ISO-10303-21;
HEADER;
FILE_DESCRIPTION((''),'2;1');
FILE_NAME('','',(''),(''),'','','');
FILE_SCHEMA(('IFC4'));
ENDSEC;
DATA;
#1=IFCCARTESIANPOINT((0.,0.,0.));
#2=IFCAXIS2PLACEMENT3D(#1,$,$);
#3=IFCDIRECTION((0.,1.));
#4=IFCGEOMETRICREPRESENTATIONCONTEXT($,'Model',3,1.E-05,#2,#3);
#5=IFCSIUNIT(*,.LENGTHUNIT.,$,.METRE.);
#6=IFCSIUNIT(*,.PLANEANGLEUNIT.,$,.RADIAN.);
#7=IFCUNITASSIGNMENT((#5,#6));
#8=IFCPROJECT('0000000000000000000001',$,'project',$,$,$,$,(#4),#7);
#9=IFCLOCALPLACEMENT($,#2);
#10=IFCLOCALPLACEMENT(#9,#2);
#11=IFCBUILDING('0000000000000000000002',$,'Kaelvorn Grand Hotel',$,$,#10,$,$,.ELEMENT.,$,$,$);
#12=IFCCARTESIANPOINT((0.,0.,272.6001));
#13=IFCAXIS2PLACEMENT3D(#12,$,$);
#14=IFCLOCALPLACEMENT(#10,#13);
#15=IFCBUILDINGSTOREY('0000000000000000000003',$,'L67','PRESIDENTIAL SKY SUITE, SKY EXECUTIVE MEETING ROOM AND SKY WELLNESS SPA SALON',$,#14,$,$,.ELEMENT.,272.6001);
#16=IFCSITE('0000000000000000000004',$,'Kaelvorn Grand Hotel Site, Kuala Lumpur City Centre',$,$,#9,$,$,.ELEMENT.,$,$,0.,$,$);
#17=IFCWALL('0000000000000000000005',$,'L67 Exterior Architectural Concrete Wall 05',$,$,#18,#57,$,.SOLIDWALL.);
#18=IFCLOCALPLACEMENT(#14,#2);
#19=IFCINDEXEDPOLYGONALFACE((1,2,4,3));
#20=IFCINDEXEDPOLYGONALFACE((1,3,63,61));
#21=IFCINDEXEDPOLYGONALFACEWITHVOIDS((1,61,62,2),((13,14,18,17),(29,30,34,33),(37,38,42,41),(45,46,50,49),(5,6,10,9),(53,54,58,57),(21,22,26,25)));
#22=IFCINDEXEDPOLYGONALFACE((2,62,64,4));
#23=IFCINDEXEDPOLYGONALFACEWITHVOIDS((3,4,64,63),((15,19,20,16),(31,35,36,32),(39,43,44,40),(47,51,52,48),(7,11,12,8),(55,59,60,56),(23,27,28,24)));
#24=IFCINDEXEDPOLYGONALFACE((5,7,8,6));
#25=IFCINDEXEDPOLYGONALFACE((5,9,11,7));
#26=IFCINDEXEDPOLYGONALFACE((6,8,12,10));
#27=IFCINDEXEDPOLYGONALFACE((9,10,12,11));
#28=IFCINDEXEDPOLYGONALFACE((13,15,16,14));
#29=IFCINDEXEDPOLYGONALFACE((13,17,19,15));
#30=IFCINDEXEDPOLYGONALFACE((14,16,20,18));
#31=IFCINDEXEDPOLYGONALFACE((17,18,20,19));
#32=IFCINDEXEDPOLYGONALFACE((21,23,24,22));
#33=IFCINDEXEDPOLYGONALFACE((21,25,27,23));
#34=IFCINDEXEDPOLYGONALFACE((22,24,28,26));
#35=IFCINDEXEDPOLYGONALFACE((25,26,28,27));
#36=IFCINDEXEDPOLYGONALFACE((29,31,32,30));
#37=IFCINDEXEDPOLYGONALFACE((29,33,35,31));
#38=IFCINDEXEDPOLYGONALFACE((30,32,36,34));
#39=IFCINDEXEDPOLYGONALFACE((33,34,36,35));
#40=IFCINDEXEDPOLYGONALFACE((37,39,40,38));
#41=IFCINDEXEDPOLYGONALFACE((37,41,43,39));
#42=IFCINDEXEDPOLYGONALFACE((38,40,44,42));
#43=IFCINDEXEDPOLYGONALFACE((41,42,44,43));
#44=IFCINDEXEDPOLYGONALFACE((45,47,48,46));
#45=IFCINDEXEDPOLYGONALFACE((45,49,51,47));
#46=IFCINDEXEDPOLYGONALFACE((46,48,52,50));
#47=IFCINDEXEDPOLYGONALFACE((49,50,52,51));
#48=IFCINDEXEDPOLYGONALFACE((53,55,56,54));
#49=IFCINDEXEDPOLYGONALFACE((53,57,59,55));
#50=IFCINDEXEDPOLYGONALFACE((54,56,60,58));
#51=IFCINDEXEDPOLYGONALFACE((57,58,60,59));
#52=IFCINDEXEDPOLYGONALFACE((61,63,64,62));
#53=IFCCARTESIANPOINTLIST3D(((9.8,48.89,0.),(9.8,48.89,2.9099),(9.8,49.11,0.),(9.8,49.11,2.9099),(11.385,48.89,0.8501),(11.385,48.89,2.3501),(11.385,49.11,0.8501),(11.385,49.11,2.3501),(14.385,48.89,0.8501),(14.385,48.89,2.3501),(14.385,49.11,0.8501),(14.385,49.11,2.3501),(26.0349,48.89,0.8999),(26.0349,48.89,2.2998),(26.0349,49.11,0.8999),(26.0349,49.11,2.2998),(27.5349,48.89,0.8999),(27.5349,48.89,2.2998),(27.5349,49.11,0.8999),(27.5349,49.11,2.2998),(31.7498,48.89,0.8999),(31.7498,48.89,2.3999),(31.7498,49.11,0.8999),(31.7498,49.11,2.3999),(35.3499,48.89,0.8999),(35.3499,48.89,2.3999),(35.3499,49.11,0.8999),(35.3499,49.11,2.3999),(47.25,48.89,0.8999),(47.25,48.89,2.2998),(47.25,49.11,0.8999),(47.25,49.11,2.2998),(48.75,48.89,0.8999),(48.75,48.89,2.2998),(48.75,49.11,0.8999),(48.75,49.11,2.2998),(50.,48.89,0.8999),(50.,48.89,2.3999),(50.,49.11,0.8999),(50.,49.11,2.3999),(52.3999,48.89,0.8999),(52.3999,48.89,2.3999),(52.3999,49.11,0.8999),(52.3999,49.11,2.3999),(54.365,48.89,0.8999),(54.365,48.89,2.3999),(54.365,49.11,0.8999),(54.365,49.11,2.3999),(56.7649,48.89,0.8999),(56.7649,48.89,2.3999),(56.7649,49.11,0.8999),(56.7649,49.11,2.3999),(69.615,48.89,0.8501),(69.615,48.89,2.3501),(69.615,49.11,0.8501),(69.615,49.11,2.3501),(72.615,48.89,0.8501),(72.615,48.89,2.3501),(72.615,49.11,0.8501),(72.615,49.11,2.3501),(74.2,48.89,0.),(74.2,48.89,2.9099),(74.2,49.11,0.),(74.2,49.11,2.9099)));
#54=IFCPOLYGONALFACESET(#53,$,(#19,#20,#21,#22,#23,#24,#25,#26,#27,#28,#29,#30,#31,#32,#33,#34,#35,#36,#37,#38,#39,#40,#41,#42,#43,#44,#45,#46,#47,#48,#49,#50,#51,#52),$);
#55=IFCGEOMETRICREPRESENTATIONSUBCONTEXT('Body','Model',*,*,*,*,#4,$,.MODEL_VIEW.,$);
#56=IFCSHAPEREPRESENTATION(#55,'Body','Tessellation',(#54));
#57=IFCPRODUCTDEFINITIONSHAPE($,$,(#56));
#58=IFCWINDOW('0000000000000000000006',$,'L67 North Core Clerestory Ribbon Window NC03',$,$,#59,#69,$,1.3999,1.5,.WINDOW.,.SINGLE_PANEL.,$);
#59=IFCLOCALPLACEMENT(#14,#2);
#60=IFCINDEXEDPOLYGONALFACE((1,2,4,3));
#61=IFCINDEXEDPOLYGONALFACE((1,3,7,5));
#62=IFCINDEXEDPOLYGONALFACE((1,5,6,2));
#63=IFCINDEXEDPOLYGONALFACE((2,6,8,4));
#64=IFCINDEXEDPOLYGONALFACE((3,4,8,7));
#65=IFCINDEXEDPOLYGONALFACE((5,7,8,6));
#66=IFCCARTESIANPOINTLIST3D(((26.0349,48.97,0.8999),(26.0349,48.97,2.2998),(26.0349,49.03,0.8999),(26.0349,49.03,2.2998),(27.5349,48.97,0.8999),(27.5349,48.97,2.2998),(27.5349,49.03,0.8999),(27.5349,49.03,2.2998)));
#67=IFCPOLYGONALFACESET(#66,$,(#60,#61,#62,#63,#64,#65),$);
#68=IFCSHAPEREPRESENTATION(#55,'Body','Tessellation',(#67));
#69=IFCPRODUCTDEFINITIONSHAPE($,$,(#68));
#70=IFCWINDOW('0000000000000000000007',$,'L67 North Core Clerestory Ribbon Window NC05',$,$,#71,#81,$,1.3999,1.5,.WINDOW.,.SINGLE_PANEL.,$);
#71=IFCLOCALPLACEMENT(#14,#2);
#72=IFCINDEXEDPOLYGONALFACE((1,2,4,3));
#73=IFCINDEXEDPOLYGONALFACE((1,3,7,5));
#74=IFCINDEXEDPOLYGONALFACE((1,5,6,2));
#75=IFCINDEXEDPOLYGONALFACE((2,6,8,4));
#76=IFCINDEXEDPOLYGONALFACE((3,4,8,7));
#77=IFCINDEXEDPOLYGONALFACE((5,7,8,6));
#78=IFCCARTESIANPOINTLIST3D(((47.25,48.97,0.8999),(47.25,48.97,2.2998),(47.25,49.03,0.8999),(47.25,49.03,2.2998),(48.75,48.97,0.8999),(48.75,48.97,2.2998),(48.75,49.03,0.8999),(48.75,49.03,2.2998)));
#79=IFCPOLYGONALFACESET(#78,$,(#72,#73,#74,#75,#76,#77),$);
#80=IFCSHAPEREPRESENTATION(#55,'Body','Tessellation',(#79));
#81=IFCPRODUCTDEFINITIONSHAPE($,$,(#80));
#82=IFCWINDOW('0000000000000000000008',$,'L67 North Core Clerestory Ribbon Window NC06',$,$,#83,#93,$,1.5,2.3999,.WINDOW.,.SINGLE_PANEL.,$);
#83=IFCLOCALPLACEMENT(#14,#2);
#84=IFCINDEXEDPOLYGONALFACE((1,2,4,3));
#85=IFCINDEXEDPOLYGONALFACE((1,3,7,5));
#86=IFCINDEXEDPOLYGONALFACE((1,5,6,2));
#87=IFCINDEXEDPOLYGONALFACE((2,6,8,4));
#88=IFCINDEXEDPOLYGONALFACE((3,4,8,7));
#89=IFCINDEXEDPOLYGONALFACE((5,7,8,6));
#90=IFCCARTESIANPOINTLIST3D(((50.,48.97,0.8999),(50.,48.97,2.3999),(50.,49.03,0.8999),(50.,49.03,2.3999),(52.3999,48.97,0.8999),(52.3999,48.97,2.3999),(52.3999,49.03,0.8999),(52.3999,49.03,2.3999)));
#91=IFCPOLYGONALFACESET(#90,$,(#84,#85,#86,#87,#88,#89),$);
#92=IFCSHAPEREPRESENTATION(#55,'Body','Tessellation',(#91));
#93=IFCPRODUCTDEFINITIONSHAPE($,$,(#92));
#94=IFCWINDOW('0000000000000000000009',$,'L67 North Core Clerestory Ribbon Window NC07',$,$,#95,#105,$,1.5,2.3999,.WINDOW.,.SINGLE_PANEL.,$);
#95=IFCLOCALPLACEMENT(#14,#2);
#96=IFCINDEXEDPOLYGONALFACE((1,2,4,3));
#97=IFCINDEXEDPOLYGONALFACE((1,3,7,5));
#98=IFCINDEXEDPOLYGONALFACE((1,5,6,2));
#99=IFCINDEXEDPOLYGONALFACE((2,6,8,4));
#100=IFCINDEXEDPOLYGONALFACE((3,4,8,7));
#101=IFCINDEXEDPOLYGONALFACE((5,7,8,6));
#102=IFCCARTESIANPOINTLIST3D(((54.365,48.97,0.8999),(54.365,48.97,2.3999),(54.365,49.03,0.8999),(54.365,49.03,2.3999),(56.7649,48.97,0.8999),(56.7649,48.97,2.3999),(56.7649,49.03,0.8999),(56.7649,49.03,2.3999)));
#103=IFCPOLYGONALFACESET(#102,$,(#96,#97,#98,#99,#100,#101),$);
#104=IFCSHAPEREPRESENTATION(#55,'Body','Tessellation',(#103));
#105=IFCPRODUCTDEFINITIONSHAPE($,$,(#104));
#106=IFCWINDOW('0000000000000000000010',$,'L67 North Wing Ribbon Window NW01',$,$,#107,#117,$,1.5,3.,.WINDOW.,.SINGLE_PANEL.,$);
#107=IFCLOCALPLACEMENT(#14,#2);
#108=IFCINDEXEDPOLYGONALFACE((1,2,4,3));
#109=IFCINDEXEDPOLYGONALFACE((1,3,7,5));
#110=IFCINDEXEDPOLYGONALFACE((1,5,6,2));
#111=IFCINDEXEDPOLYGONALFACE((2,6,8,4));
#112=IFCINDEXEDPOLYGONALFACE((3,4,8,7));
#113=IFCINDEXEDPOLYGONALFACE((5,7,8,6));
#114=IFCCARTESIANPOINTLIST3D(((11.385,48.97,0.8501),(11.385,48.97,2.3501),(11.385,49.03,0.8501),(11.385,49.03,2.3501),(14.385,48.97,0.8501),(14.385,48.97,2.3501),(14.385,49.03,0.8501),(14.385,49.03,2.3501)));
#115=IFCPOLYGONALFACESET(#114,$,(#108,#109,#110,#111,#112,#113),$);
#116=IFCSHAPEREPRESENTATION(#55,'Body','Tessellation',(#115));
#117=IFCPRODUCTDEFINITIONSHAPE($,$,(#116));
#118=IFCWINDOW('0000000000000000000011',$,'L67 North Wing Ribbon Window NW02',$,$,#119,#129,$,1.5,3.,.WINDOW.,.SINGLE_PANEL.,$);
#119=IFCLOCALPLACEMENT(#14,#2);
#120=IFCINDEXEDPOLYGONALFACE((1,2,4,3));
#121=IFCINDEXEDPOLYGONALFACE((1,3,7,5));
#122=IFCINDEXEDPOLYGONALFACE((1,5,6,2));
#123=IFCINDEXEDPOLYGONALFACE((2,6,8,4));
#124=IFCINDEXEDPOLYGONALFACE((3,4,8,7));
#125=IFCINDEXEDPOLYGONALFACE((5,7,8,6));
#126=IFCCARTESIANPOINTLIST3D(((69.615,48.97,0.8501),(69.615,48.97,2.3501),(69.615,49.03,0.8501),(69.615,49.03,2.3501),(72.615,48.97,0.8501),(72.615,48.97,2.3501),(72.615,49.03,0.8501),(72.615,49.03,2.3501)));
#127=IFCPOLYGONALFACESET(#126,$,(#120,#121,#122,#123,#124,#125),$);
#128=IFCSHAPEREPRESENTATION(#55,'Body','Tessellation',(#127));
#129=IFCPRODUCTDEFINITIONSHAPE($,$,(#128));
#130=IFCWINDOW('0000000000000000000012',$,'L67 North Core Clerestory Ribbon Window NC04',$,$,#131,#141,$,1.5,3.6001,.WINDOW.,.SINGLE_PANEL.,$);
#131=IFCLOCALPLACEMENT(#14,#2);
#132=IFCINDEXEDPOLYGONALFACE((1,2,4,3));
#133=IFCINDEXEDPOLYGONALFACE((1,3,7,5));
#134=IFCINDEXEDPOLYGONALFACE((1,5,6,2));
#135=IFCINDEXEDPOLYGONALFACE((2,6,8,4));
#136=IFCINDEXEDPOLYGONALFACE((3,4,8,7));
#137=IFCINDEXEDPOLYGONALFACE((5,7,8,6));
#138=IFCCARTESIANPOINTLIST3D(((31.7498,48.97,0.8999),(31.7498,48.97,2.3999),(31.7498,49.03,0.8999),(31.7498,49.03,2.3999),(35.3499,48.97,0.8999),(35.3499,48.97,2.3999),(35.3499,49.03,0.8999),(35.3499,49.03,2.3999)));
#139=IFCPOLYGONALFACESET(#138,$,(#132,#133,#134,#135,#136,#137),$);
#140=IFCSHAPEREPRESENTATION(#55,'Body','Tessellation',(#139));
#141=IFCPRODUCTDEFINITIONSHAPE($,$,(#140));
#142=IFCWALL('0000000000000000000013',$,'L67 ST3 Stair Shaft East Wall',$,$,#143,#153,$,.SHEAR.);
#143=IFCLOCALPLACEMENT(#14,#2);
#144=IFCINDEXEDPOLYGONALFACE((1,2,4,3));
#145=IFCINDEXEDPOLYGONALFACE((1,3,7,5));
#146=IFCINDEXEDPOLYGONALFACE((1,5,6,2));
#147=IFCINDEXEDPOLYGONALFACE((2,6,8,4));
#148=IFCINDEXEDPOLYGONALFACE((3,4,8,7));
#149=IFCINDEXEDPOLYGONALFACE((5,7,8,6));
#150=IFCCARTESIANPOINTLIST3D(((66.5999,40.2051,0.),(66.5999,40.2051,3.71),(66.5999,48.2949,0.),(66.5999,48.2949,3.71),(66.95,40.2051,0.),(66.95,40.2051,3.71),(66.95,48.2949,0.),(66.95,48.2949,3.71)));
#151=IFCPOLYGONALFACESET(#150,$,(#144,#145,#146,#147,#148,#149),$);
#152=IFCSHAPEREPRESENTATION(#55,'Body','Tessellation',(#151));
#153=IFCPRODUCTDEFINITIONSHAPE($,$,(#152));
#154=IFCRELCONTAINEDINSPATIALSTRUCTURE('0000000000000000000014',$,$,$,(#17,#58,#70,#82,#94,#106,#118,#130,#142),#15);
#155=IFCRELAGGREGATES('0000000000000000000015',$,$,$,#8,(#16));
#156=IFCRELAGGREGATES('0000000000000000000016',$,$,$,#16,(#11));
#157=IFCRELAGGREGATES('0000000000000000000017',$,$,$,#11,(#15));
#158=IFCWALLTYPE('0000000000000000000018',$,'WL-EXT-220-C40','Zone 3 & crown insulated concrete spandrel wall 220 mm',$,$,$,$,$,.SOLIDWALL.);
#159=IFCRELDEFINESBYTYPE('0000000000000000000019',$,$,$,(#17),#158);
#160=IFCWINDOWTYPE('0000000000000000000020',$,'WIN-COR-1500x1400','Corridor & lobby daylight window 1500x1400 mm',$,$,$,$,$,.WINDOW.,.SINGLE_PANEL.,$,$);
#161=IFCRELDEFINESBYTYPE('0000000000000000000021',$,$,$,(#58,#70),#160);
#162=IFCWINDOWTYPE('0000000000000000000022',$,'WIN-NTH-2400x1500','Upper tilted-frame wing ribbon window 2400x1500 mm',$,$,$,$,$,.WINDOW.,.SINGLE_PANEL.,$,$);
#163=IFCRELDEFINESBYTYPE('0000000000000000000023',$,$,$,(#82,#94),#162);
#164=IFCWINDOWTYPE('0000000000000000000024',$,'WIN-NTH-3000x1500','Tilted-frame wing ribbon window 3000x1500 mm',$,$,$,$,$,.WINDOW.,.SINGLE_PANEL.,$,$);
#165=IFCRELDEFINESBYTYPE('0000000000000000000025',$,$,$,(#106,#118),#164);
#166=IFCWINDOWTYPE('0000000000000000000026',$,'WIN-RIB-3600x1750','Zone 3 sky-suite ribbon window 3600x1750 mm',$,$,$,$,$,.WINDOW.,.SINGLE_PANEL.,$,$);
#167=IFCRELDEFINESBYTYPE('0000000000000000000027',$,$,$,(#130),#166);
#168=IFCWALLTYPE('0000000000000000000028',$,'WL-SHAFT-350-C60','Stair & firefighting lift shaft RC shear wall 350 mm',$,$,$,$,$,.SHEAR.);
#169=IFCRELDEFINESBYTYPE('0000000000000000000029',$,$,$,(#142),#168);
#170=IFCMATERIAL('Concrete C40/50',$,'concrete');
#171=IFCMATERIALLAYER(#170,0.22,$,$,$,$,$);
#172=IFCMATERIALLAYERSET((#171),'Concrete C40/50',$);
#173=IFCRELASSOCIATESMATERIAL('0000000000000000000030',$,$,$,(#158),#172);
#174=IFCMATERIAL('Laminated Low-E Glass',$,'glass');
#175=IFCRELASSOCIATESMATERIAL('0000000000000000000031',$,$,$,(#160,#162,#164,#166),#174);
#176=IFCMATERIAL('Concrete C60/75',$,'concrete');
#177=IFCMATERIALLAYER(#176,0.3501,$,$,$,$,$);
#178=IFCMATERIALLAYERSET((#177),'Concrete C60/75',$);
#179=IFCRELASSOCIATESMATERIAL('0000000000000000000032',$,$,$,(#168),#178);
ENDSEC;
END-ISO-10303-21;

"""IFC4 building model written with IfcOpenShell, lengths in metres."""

from ifc_helpers import new_model, si_unit, direction, frame, frame_2d, origin, place, context, subcontext, project, spatial, rectangle, extrude, material, layer, layer_set, type_object, element, fill, save


model = new_model("IFC4")

# Units and contexts
model_context = context("Model", 3, precision=1e-05, world=origin(), true_north=direction((0.0, 1.0)))
body_context = subcontext(model_context, "Body", "Model", "MODEL_VIEW")
ifc_project = project(units=[si_unit("LENGTHUNIT", "METRE"), si_unit("PLANEANGLEUNIT", "RADIAN")], contexts=[model_context])

# Site, building, storey
site_placement = place(None, origin())
site = spatial("IfcSite", under=ifc_project, at=site_placement, Name="Kaelvorn Grand Hotel Site, Kuala Lumpur City Centre", CompositionType="ELEMENT", RefElevation=0.0)
building_placement = place(site_placement, origin())
building = spatial("IfcBuilding", under=site, at=building_placement, Name="Kaelvorn Grand Hotel", CompositionType="ELEMENT")
storey_placement = place(building_placement, frame((0.0, 0.0, 272.6001)))
storey = spatial("IfcBuildingStorey", under=building, at=storey_placement, Name="L67", Description="PRESIDENTIAL SKY SUITE, SKY EXECUTIVE MEETING ROOM AND SKY WELLNESS SPA SALON", CompositionType="ELEMENT", Elevation=272.6001)

# Shared definitions
ifc_material_1 = material(Name="Concrete C60/75", Category="concrete")

# Shared definitions
ifc_material_2 = material(Name="Concrete C40/50", Category="concrete")
ifc_layer_1 = layer(ifc_material_2, 0.22)
ifc_layer_set_1 = layer_set([ifc_layer_1], Name="Concrete C40/50")
wall_type_1 = type_object("IfcWallType", Name="WL-EXT-220-C40", Description="Zone 3 & crown insulated concrete spandrel wall 220 mm", PredefinedType="SOLIDWALL", material=ifc_layer_set_1)
ifc_material_3 = material(Name="Laminated Low-E Glass", Category="glass")

# Wall, openings, windows
wall_1_placement = place(storey_placement, frame((74.2, 49.0, 0.0), z_axis=(0.0, 0.0, 1.0), x_axis=(-1.0, 0.0, 0.0)))
wall_1 = element("IfcWall", 1, at=wall_1_placement, inside=storey, type_object=wall_type_1, Name="L67 Exterior Architectural Concrete Wall 05", PredefinedType="SOLIDWALL", context=body_context, shape_type="SweptSolid", body=[
    extrude(rectangle(XDim=64.3999, YDim=0.22, at=frame_2d((32.2, 0.0))), origin(), (0.0, 0.0, 1.0), 2.9099),
])
opening_1_placement = place(wall_1_placement, frame((59.8149, 0.0, 0.8501)))
opening_1 = element("IfcOpeningElement", 2, at=opening_1_placement, cuts=wall_1, PredefinedType="OPENING", context=body_context, shape_type="SweptSolid", body=[
    extrude(rectangle(XDim=3.0, YDim=1.5, at=frame_2d((1.5, 0.75))), frame((0.0, 0.1201, 0.0), z_axis=(0.0, -1.0, 0.0), x_axis=(1.0, 0.0, 0.0)), (0.0, 0.0, 1.0), 0.24),
])
opening_2_placement = place(wall_1_placement, frame((1.585, 0.0, 0.8501)))
opening_2 = element("IfcOpeningElement", 3, at=opening_2_placement, cuts=wall_1, PredefinedType="OPENING", context=body_context, shape_type="SweptSolid", body=[
    extrude(rectangle(XDim=3.0, YDim=1.5, at=frame_2d((1.5, 0.75))), frame((0.0, 0.1201, 0.0), z_axis=(0.0, -1.0, 0.0), x_axis=(1.0, 0.0, 0.0)), (0.0, 0.0, 1.0), 0.24),
])
opening_3_placement = place(wall_1_placement, frame((46.665, 0.0, 0.8999)))
opening_3 = element("IfcOpeningElement", 4, at=opening_3_placement, cuts=wall_1, PredefinedType="OPENING", context=body_context, shape_type="SweptSolid", body=[
    extrude(rectangle(XDim=1.5, YDim=1.3999, at=frame_2d((0.75, 0.7))), frame((0.0, 0.1201, 0.0), z_axis=(0.0, -1.0, 0.0), x_axis=(1.0, 0.0, 0.0)), (0.0, 0.0, 1.0), 0.24),
])
opening_4_placement = place(wall_1_placement, frame((38.8501, 0.0, 0.8999)))
opening_4 = element("IfcOpeningElement", 5, at=opening_4_placement, cuts=wall_1, PredefinedType="OPENING", context=body_context, shape_type="SweptSolid", body=[
    extrude(rectangle(XDim=3.6001, YDim=1.5, at=frame_2d((1.8, 0.75))), frame((0.0, 0.1201, 0.0), z_axis=(0.0, -1.0, 0.0), x_axis=(1.0, 0.0, 0.0)), (0.0, 0.0, 1.0), 0.24),
])
opening_5_placement = place(wall_1_placement, frame((25.45, 0.0, 0.8999)))
opening_5 = element("IfcOpeningElement", 6, at=opening_5_placement, cuts=wall_1, PredefinedType="OPENING", context=body_context, shape_type="SweptSolid", body=[
    extrude(rectangle(XDim=1.5, YDim=1.3999, at=frame_2d((0.75, 0.7))), frame((0.0, 0.1201, 0.0), z_axis=(0.0, -1.0, 0.0), x_axis=(1.0, 0.0, 0.0)), (0.0, 0.0, 1.0), 0.24),
])
opening_6_placement = place(wall_1_placement, frame((21.8, 0.0, 0.8999)))
opening_6 = element("IfcOpeningElement", 7, at=opening_6_placement, cuts=wall_1, PredefinedType="OPENING", context=body_context, shape_type="SweptSolid", body=[
    extrude(rectangle(XDim=2.3999, YDim=1.5, at=frame_2d((1.2, 0.75))), frame((0.0, 0.1201, 0.0), z_axis=(0.0, -1.0, 0.0), x_axis=(1.0, 0.0, 0.0)), (0.0, 0.0, 1.0), 0.24),
])
opening_7_placement = place(wall_1_placement, frame((17.4351, 0.0, 0.8999)))
opening_7 = element("IfcOpeningElement", 8, at=opening_7_placement, cuts=wall_1, PredefinedType="OPENING", context=body_context, shape_type="SweptSolid", body=[
    extrude(rectangle(XDim=2.3999, YDim=1.5, at=frame_2d((1.2, 0.75))), frame((0.0, 0.1201, 0.0), z_axis=(0.0, -1.0, 0.0), x_axis=(1.0, 0.0, 0.0)), (0.0, 0.0, 1.0), 0.24),
])
window_type_1 = type_object("IfcWindowType", Name="WIN-COR-1500x1400", Description="Corridor & lobby daylight window 1500x1400 mm", PartitioningType="SINGLE_PANEL", PredefinedType="WINDOW", material=ifc_material_3)
window_1_placement = place(opening_3_placement, origin())
window_1 = element("IfcWindow", 9, at=window_1_placement, inside=storey, type_object=window_type_1, Name="L67 North Core Clerestory Ribbon Window NC03", OverallHeight=1.3999, OverallWidth=1.5, PartitioningType="SINGLE_PANEL", PredefinedType="WINDOW", context=body_context, shape_type="SweptSolid", body=[
    extrude(rectangle(XDim=1.5, YDim=1.3999, at=frame_2d((0.75, 0.7))), frame((0.0, 0.03, 0.0), z_axis=(0.0, -1.0, 0.0), x_axis=(1.0, 0.0, 0.0)), (0.0, 0.0, 1.0), 0.0601),
])
fill(opening_3, window_1)
window_2_placement = place(opening_5_placement, origin())
window_2 = element("IfcWindow", 10, at=window_2_placement, inside=storey, type_object=window_type_1, Name="L67 North Core Clerestory Ribbon Window NC05", OverallHeight=1.3999, OverallWidth=1.5, PartitioningType="SINGLE_PANEL", PredefinedType="WINDOW", context=body_context, shape_type="SweptSolid", body=[
    extrude(rectangle(XDim=1.5, YDim=1.3999, at=frame_2d((0.75, 0.7))), frame((0.0, 0.03, 0.0), z_axis=(0.0, -1.0, 0.0), x_axis=(1.0, 0.0, 0.0)), (0.0, 0.0, 1.0), 0.0601),
])
fill(opening_5, window_2)
window_type_2 = type_object("IfcWindowType", Name="WIN-NTH-2400x1500", Description="Upper tilted-frame wing ribbon window 2400x1500 mm", PartitioningType="SINGLE_PANEL", PredefinedType="WINDOW", material=ifc_material_3)
window_3_placement = place(opening_6_placement, origin())
window_3 = element("IfcWindow", 11, at=window_3_placement, inside=storey, type_object=window_type_2, Name="L67 North Core Clerestory Ribbon Window NC06", OverallHeight=1.5, OverallWidth=2.3999, PartitioningType="SINGLE_PANEL", PredefinedType="WINDOW", context=body_context, shape_type="SweptSolid", body=[
    extrude(rectangle(XDim=2.3999, YDim=1.5, at=frame_2d((1.2, 0.75))), frame((0.0, 0.03, 0.0), z_axis=(0.0, -1.0, 0.0), x_axis=(1.0, 0.0, 0.0)), (0.0, 0.0, 1.0), 0.0601),
])
fill(opening_6, window_3)
window_4_placement = place(opening_7_placement, origin())
window_4 = element("IfcWindow", 12, at=window_4_placement, inside=storey, type_object=window_type_2, Name="L67 North Core Clerestory Ribbon Window NC07", OverallHeight=1.5, OverallWidth=2.3999, PartitioningType="SINGLE_PANEL", PredefinedType="WINDOW", context=body_context, shape_type="SweptSolid", body=[
    extrude(rectangle(XDim=2.3999, YDim=1.5, at=frame_2d((1.2, 0.75))), frame((0.0, 0.03, 0.0), z_axis=(0.0, -1.0, 0.0), x_axis=(1.0, 0.0, 0.0)), (0.0, 0.0, 1.0), 0.0601),
])
fill(opening_7, window_4)
window_type_3 = type_object("IfcWindowType", Name="WIN-NTH-3000x1500", Description="Tilted-frame wing ribbon window 3000x1500 mm", PartitioningType="SINGLE_PANEL", PredefinedType="WINDOW", material=ifc_material_3)
window_5_placement = place(opening_1_placement, origin())
window_5 = element("IfcWindow", 13, at=window_5_placement, inside=storey, type_object=window_type_3, Name="L67 North Wing Ribbon Window NW01", OverallHeight=1.5, OverallWidth=3.0, PartitioningType="SINGLE_PANEL", PredefinedType="WINDOW", context=body_context, shape_type="SweptSolid", body=[
    extrude(rectangle(XDim=3.0, YDim=1.5, at=frame_2d((1.5, 0.75))), frame((0.0, 0.03, 0.0), z_axis=(0.0, -1.0, 0.0), x_axis=(1.0, 0.0, 0.0)), (0.0, 0.0, 1.0), 0.0601),
])
fill(opening_1, window_5)
window_6_placement = place(opening_2_placement, origin())
window_6 = element("IfcWindow", 14, at=window_6_placement, inside=storey, type_object=window_type_3, Name="L67 North Wing Ribbon Window NW02", OverallHeight=1.5, OverallWidth=3.0, PartitioningType="SINGLE_PANEL", PredefinedType="WINDOW", context=body_context, shape_type="SweptSolid", body=[
    extrude(rectangle(XDim=3.0, YDim=1.5, at=frame_2d((1.5, 0.75))), frame((0.0, 0.03, 0.0), z_axis=(0.0, -1.0, 0.0), x_axis=(1.0, 0.0, 0.0)), (0.0, 0.0, 1.0), 0.0601),
])
fill(opening_2, window_6)
window_type_4 = type_object("IfcWindowType", Name="WIN-RIB-3600x1750", Description="Zone 3 sky-suite ribbon window 3600x1750 mm", PartitioningType="SINGLE_PANEL", PredefinedType="WINDOW", material=ifc_material_3)
window_7_placement = place(opening_4_placement, origin())
window_7 = element("IfcWindow", 15, at=window_7_placement, inside=storey, type_object=window_type_4, Name="L67 North Core Clerestory Ribbon Window NC04", OverallHeight=1.5, OverallWidth=3.6001, PartitioningType="SINGLE_PANEL", PredefinedType="WINDOW", context=body_context, shape_type="SweptSolid", body=[
    extrude(rectangle(XDim=3.6001, YDim=1.5, at=frame_2d((1.8, 0.75))), frame((0.0, 0.03, 0.0), z_axis=(0.0, -1.0, 0.0), x_axis=(1.0, 0.0, 0.0)), (0.0, 0.0, 1.0), 0.0601),
])
fill(opening_4, window_7)

# Wall
ifc_layer_2 = layer(ifc_material_1, 0.3501)
ifc_layer_set_2 = layer_set([ifc_layer_2], Name="Concrete C60/75")
wall_type_2 = type_object("IfcWallType", Name="WL-SHAFT-350-C60", Description="Stair & firefighting lift shaft RC shear wall 350 mm", PredefinedType="SHEAR", material=ifc_layer_set_2)
wall_2_placement = place(storey_placement, frame((66.7749, 40.2051, 0.0), z_axis=(0.0, 0.0, 1.0), x_axis=(0.0, 1.0, 0.0)))
element("IfcWall", 16, at=wall_2_placement, inside=storey, type_object=wall_type_2, Name="L67 ST3 Stair Shaft East Wall", PredefinedType="SHEAR", context=body_context, shape_type="SweptSolid", body=[
    extrude(rectangle(XDim=8.0898, YDim=0.3501, at=frame_2d((4.0449, 0.0))), origin(), (0.0, 0.0, 1.0), 3.71),
])

save(model, "model.ifc")
